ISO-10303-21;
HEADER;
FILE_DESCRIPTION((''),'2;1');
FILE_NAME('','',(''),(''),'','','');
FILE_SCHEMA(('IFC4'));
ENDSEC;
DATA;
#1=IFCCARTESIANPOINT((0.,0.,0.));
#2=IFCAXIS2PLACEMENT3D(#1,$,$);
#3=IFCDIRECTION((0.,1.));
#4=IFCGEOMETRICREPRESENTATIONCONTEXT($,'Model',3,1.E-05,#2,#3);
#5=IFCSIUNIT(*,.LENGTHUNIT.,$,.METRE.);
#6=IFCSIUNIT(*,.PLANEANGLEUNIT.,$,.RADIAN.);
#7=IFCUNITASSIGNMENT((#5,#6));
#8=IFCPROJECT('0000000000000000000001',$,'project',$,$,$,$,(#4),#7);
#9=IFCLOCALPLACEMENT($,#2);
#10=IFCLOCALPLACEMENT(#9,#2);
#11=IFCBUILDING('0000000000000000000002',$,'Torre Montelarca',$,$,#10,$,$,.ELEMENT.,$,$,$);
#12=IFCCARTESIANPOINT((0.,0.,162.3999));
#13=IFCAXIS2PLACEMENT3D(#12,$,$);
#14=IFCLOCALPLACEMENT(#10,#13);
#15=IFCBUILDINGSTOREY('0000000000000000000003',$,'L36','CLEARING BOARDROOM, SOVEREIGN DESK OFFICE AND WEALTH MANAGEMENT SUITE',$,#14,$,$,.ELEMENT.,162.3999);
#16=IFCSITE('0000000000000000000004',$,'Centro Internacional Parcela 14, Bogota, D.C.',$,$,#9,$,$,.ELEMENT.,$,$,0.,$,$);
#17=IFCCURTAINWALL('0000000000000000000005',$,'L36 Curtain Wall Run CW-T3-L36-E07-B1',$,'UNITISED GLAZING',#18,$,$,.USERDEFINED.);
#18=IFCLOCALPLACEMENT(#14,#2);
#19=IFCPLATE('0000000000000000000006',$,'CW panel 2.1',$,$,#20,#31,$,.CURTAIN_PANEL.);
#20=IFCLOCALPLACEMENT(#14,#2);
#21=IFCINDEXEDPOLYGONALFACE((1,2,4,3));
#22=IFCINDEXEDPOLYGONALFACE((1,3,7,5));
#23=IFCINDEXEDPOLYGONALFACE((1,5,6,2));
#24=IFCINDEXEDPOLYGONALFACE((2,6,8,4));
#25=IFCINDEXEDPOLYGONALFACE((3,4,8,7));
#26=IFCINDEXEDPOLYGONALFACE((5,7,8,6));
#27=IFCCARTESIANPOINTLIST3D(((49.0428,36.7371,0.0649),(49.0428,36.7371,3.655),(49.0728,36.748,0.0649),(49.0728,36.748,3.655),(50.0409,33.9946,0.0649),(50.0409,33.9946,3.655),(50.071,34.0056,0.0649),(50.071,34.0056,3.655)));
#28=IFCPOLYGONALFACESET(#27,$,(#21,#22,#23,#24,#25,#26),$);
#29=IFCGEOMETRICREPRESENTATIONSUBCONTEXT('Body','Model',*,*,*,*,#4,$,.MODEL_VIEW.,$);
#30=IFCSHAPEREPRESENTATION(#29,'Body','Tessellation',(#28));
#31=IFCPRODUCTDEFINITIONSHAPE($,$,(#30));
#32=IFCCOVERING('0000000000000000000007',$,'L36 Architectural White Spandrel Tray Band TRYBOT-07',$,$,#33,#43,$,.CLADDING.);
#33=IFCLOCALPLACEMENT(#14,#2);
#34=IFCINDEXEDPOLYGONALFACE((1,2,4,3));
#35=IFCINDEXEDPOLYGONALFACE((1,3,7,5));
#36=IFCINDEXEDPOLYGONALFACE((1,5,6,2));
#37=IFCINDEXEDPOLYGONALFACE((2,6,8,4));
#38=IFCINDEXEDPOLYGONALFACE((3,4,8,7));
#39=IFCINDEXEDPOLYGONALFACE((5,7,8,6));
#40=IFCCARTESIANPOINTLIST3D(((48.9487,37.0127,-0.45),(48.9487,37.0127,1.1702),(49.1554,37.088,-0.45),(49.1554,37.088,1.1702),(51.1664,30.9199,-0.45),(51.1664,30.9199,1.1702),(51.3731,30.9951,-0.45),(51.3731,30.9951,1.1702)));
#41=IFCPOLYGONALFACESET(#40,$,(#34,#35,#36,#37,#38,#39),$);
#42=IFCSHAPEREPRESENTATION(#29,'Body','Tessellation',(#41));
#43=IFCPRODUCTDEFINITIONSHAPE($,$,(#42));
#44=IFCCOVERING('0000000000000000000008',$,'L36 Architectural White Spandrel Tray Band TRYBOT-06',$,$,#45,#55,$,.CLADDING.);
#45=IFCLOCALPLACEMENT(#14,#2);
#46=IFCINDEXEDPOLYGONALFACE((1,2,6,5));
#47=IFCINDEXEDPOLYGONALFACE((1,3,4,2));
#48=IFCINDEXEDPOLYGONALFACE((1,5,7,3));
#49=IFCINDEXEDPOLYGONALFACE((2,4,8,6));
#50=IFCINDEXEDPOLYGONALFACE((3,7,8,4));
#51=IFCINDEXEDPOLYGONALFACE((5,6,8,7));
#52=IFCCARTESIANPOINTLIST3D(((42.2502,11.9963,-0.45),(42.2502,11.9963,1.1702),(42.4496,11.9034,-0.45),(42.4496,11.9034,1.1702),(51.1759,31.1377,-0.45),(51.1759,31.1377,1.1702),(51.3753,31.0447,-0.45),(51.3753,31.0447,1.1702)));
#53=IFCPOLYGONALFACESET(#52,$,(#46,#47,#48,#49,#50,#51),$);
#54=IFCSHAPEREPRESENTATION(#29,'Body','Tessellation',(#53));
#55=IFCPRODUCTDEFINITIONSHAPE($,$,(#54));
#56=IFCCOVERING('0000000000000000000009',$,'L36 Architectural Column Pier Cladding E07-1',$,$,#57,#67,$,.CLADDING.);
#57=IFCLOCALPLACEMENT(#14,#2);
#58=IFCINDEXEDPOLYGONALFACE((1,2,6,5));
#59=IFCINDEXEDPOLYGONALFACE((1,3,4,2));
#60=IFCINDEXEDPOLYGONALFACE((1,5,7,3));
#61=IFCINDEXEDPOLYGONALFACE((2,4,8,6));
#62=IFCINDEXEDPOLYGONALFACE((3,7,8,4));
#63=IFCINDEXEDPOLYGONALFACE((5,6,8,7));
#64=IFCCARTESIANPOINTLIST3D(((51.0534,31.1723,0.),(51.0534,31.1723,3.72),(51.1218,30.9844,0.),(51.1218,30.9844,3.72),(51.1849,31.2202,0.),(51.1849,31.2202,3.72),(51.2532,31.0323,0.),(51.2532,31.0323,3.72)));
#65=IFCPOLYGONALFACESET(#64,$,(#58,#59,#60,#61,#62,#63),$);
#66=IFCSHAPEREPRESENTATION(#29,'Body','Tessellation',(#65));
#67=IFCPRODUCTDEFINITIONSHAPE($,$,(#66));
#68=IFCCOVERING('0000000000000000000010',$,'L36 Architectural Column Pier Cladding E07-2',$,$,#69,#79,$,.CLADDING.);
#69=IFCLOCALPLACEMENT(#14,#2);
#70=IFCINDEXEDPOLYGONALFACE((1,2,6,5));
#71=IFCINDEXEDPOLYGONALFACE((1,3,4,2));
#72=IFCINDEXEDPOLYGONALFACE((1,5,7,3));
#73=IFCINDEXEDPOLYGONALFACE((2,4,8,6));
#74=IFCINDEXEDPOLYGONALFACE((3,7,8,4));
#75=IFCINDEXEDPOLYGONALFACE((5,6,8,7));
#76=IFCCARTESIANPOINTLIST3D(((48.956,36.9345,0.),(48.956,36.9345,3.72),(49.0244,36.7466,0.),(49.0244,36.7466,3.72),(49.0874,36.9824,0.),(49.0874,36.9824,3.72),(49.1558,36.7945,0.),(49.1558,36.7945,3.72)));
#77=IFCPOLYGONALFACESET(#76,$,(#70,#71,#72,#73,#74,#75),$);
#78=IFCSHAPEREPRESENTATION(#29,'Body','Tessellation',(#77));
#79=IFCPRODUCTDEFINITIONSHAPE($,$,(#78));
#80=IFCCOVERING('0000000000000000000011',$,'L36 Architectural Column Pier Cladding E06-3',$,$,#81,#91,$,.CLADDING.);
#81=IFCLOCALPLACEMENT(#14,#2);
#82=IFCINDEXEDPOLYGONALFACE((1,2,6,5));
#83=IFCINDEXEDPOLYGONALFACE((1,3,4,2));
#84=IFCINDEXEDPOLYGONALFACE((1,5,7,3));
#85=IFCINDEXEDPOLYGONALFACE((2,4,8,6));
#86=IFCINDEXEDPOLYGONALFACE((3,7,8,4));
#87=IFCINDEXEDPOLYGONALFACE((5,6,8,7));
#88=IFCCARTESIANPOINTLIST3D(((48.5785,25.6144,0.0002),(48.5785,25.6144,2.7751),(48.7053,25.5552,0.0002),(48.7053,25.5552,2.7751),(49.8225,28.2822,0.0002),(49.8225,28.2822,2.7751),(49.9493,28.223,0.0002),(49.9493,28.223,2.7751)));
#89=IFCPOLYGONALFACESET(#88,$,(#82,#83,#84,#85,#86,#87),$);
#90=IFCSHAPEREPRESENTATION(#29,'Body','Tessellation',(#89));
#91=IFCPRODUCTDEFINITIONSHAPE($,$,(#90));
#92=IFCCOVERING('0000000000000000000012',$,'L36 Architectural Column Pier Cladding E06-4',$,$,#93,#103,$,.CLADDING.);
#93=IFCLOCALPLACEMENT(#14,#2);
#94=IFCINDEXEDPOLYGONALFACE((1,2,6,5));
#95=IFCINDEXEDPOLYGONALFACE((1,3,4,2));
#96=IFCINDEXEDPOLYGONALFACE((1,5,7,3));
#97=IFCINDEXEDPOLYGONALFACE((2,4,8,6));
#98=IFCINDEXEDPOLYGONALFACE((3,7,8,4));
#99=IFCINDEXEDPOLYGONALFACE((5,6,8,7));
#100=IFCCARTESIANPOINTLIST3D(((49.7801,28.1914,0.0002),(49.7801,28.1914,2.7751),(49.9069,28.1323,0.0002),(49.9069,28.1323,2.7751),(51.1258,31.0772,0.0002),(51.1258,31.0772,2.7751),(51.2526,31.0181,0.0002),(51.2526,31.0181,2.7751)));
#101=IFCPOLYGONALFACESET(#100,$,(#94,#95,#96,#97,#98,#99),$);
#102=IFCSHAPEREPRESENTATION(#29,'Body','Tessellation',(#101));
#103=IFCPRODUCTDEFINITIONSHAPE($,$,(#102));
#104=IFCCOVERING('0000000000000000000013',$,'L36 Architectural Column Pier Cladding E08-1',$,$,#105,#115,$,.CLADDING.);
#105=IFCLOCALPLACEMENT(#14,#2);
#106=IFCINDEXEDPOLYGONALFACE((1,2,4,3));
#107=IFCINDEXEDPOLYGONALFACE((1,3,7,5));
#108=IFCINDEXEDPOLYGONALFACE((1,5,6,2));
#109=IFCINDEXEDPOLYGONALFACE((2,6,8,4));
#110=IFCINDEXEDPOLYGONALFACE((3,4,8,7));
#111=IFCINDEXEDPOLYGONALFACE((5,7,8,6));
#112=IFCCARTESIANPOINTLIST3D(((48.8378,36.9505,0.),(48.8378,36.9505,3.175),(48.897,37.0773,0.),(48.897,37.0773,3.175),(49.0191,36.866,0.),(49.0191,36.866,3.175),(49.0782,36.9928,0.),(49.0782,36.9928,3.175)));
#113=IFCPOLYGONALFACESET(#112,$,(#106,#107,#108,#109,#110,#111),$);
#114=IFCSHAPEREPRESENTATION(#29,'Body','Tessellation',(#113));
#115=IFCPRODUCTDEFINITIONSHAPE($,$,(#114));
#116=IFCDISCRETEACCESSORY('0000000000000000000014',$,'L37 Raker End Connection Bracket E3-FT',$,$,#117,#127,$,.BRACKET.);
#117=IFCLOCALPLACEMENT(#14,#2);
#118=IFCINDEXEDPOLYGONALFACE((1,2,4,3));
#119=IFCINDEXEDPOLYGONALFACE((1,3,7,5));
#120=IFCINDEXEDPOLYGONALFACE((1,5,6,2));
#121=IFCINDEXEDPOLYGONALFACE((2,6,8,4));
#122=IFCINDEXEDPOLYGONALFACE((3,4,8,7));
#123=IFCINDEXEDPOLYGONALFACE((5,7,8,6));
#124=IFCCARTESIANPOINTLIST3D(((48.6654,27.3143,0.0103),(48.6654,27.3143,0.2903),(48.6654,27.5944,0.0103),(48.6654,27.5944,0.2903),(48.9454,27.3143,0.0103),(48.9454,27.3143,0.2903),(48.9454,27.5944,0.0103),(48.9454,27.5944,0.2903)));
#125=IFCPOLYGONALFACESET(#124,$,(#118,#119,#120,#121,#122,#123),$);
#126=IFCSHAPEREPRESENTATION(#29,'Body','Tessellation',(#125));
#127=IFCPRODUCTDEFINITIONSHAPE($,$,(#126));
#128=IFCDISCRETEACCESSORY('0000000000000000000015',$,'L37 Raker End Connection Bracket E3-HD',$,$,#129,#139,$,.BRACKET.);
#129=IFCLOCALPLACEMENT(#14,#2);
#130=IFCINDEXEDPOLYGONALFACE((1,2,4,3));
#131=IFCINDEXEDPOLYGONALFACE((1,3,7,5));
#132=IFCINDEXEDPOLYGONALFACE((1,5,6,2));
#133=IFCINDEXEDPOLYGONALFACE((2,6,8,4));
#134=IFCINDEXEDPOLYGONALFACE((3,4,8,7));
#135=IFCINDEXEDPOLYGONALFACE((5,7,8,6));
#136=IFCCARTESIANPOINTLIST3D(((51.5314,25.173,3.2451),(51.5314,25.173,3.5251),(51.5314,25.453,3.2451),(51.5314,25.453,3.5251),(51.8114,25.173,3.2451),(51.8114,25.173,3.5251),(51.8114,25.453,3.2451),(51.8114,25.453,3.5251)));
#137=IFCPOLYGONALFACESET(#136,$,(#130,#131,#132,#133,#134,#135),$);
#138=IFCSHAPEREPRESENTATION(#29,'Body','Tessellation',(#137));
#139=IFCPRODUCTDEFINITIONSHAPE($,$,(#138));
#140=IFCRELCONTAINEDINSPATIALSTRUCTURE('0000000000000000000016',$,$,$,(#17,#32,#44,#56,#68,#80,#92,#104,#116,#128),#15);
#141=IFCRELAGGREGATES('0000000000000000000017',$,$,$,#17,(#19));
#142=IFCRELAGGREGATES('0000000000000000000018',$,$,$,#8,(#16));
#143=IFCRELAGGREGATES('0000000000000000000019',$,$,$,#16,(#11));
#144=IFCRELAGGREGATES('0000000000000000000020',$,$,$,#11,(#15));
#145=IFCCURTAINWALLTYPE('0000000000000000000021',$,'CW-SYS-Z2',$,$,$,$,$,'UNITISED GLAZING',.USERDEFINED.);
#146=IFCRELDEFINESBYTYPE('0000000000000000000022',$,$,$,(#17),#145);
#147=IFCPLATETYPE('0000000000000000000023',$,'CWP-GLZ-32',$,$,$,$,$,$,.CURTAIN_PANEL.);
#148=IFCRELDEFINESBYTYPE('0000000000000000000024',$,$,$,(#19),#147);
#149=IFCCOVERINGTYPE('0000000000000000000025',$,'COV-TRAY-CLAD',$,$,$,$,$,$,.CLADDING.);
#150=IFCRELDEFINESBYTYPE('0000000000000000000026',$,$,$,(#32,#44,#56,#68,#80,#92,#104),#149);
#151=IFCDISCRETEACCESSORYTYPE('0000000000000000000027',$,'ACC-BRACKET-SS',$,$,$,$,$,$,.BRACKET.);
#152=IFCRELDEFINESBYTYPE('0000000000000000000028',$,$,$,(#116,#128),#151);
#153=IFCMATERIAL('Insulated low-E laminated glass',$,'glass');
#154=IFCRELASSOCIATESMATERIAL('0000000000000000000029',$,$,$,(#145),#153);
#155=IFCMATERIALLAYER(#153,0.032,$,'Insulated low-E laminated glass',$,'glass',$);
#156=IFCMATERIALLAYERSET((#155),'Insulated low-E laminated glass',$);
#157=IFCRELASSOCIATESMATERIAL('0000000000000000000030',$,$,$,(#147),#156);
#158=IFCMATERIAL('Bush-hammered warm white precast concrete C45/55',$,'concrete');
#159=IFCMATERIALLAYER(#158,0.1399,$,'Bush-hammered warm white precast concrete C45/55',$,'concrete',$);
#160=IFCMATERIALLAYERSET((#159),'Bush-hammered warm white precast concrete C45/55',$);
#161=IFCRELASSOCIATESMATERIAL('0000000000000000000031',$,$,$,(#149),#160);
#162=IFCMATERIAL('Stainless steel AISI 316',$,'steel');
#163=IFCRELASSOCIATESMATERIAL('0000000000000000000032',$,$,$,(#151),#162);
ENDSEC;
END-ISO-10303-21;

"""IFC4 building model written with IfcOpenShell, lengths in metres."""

from ifc_helpers import new_model, si_unit, direction, frame, origin, origin_2d, place, context, subcontext, project, spatial, rectangle, extrude, source, transform, mapped, material, layer, layer_set, type_object, element, aggregate, save


model = new_model("IFC4")

# Units and contexts
model_context = context("Model", 3, precision=1e-05, world=origin(), true_north=direction((0.0, 1.0)))
body_context = subcontext(model_context, "Body", "Model", "MODEL_VIEW")
ifc_project = project(units=[si_unit("LENGTHUNIT", "METRE"), si_unit("PLANEANGLEUNIT", "RADIAN")], contexts=[model_context])

# Site, building, storey
site_placement = place(None, origin())
site = spatial("IfcSite", under=ifc_project, at=site_placement, Name="Centro Internacional Parcela 14, Bogota, D.C.", CompositionType="ELEMENT", RefElevation=0.0)
building_placement = place(site_placement, origin())
building = spatial("IfcBuilding", under=site, at=building_placement, Name="Torre Montelarca", CompositionType="ELEMENT")
storey_placement = place(building_placement, frame((0.0, 0.0, 162.3999)))
storey = spatial("IfcBuildingStorey", under=building, at=storey_placement, Name="L36", Description="CLEARING BOARDROOM, SOVEREIGN DESK OFFICE AND WEALTH MANAGEMENT SUITE", CompositionType="ELEMENT", Elevation=162.3999)

# Curtain wall
ifc_material_1 = material(Name="Insulated low-E laminated glass", Category="glass")
curtain_wall_type = type_object("IfcCurtainWallType", Name="CW-SYS-Z2", ElementType="UNITISED GLAZING", PredefinedType="USERDEFINED", material=ifc_material_1)
curtain_wall_1_placement = place(storey_placement, origin())
curtain_wall_1 = element("IfcCurtainWall", 1, at=curtain_wall_1_placement, inside=storey, type_object=curtain_wall_type, Name="L36 Curtain Wall Run CW-T3-L36-E07-B1", ObjectType="UNITISED GLAZING", PredefinedType="USERDEFINED")

# Plate
ifc_layer_1 = layer(ifc_material_1, 0.032, Name="Insulated low-E laminated glass", Category="glass")
ifc_layer_set_1 = layer_set([ifc_layer_1], Name="Insulated low-E laminated glass")
plate_type = type_object("IfcPlateType", Name="CWP-GLZ-32", PredefinedType="CURTAIN_PANEL", material=ifc_layer_set_1)
shared_shape_1 = source(origin(), body_context, "Body", "SweptSolid", [
    extrude(rectangle(XDim=2.9185, YDim=0.032, at=origin_2d()), origin(), (0.0, 0.0, 1.0), 3.5901),
])
plate_1_placement = place(storey_placement, frame((49.5569, 35.3713, 0.0649), z_axis=(0.0, 0.0, 1.0), x_axis=(-0.342021, 0.939692, 0.0)))
plate_1 = element("IfcPlate", 2, at=plate_1_placement, type_object=plate_type, Name="CW panel 2.1", PredefinedType="CURTAIN_PANEL", context=body_context, shape_type="MappedRepresentation", body=[
    mapped(shared_shape_1, transform((0.0, 0.0, 0.0), scale=1.0)),
])
aggregate(curtain_wall_1, [plate_1])

# Coverings
ifc_material_2 = material(Name="Bush-hammered warm white precast concrete C45/55", Category="concrete")
ifc_layer_2 = layer(ifc_material_2, 0.1399, Name="Bush-hammered warm white precast concrete C45/55", Category="concrete")
ifc_layer_set_2 = layer_set([ifc_layer_2], Name="Bush-hammered warm white precast concrete C45/55")
covering_type = type_object("IfcCoveringType", Name="COV-TRAY-CLAD", PredefinedType="CLADDING", material=ifc_layer_set_2)
shared_shape_2 = source(origin(), body_context, "Body", "SweptSolid", [
    extrude(rectangle(XDim=6.4839, YDim=0.22, at=origin_2d()), origin(), (0.0, 0.0, 1.0), 1.6201),
])
covering_1_placement = place(storey_placement, frame((50.1609, 34.0039, -0.45), z_axis=(0.0, 0.0, 1.0), x_axis=(-0.342023, 0.939691, 0.0)))
element("IfcCovering", 3, at=covering_1_placement, inside=storey, type_object=covering_type, Name="L36 Architectural White Spandrel Tray Band TRYBOT-07", PredefinedType="CLADDING", context=body_context, shape_type="MappedRepresentation", body=[
    mapped(shared_shape_2, transform((0.0, 0.0, 0.0), scale=1.0)),
])
shared_shape_3 = source(origin(), body_context, "Body", "SweptSolid", [
    extrude(rectangle(XDim=21.1201, YDim=0.22, at=origin_2d()), origin(), (0.0, 0.0, 1.0), 1.6201),
])
covering_2_placement = place(storey_placement, frame((46.8127, 21.5205, -0.45), z_axis=(0.0, 0.0, 1.0), x_axis=(0.422618, 0.906308, 0.0)))
element("IfcCovering", 4, at=covering_2_placement, inside=storey, type_object=covering_type, Name="L36 Architectural White Spandrel Tray Band TRYBOT-06", PredefinedType="CLADDING", context=body_context, shape_type="MappedRepresentation", body=[
    mapped(shared_shape_3, transform((0.0, 0.0, 0.0), scale=1.0)),
])
shared_shape_4 = source(origin(), body_context, "Body", "SweptSolid", [
    extrude(rectangle(XDim=0.2, YDim=0.1399, at=origin_2d()), origin(), (0.0, 0.0, 1.0), 3.72),
])
for number, where, z_axis, x_axis, name in (
    (5, (51.1533, 31.1023, 0.0), (0.0, 0.0, 1.0), (-0.342017, 0.939694, 0.0), "L36 Architectural Column Pier Cladding E07-1"),
    (6, (49.0559, 36.8645, 0.0), (0.0, 0.0, 1.0), (-0.342017, 0.939694, 0.0), "L36 Architectural Column Pier Cladding E07-2"),
):
    element("IfcCovering", number, at=place(storey_placement, frame(where, z_axis=z_axis, x_axis=x_axis)), inside=storey, type_object=covering_type, Name=name, PredefinedType="CLADDING", context=body_context, shape_type="MappedRepresentation", body=[
        mapped(shared_shape_4, transform((0.0, 0.0, 0.0), scale=1.0)),
    ])
shared_shape_5 = source(origin(), body_context, "Body", "SweptSolid", [
    extrude(rectangle(XDim=2.9436, YDim=0.1399, at=origin_2d()), origin(), (0.0, 0.0, 1.0), 2.7749),
])
covering_3_placement = place(storey_placement, frame((49.2639, 26.9187, 0.0002), z_axis=(0.0, 0.0, 1.0), x_axis=(0.422617, 0.906309, 0.0)))
element("IfcCovering", 7, at=covering_3_placement, inside=storey, type_object=covering_type, Name="L36 Architectural Column Pier Cladding E06-3", PredefinedType="CLADDING", context=body_context, shape_type="MappedRepresentation", body=[
    mapped(shared_shape_5, transform((0.0, 0.0, 0.0), scale=1.0)),
])
shared_shape_6 = source(origin(), body_context, "Body", "SweptSolid", [
    extrude(rectangle(XDim=3.1841, YDim=0.1399, at=origin_2d()), origin(), (0.0, 0.0, 1.0), 2.7749),
])
covering_4_placement = place(storey_placement, frame((50.5164, 29.6047, 0.0002), z_axis=(0.0, 0.0, 1.0), x_axis=(0.422617, 0.906309, 0.0)))
element("IfcCovering", 8, at=covering_4_placement, inside=storey, type_object=covering_type, Name="L36 Architectural Column Pier Cladding E06-4", PredefinedType="CLADDING", context=body_context, shape_type="MappedRepresentation", body=[
    mapped(shared_shape_6, transform((0.0, 0.0, 0.0), scale=1.0)),
])
shared_shape_7 = source(origin(), body_context, "Body", "SweptSolid", [
    extrude(rectangle(XDim=0.2, YDim=0.1399, at=origin_2d()), origin(), (0.0, 0.0, 1.0), 3.175),
])
covering_5_placement = place(storey_placement, frame((48.958, 36.9717, 0.0), z_axis=(0.0, 0.0, 1.0), x_axis=(-0.906308, 0.422618, 0.0)))
element("IfcCovering", 9, at=covering_5_placement, inside=storey, type_object=covering_type, Name="L36 Architectural Column Pier Cladding E08-1", PredefinedType="CLADDING", context=body_context, shape_type="MappedRepresentation", body=[
    mapped(shared_shape_7, transform((0.0, 0.0, 0.0), scale=1.0)),
])

# Discrete accessories
ifc_material_3 = material(Name="Stainless steel AISI 316", Category="steel")
discrete_accessory_type = type_object("IfcDiscreteAccessoryType", Name="ACC-BRACKET-SS", PredefinedType="BRACKET", material=ifc_material_3)
shared_shape_8 = source(origin(), body_context, "Body", "SweptSolid", [
    extrude(rectangle(XDim=0.28, YDim=0.28, at=origin_2d()), origin(), (0.0, 0.0, 1.0), 0.28),
])
for number, where, z_axis, x_axis, name in (
    (10, (48.8054, 27.4543, 0.0103), (0.0, 0.0, 1.0), (1.0, 0.0, 0.0), "L37 Raker End Connection Bracket E3-FT"),
    (11, (51.6714, 25.313, 3.2451), (0.0, 0.0, 1.0), (1.0, 0.0, 0.0), "L37 Raker End Connection Bracket E3-HD"),
):
    element("IfcDiscreteAccessory", number, at=place(storey_placement, frame(where, z_axis=z_axis, x_axis=x_axis)), inside=storey, type_object=discrete_accessory_type, Name=name, PredefinedType="BRACKET", context=body_context, shape_type="MappedRepresentation", body=[
        mapped(shared_shape_8, transform((0.0, 0.0, 0.0), scale=1.0)),
    ])

save(model, "model.ifc")
